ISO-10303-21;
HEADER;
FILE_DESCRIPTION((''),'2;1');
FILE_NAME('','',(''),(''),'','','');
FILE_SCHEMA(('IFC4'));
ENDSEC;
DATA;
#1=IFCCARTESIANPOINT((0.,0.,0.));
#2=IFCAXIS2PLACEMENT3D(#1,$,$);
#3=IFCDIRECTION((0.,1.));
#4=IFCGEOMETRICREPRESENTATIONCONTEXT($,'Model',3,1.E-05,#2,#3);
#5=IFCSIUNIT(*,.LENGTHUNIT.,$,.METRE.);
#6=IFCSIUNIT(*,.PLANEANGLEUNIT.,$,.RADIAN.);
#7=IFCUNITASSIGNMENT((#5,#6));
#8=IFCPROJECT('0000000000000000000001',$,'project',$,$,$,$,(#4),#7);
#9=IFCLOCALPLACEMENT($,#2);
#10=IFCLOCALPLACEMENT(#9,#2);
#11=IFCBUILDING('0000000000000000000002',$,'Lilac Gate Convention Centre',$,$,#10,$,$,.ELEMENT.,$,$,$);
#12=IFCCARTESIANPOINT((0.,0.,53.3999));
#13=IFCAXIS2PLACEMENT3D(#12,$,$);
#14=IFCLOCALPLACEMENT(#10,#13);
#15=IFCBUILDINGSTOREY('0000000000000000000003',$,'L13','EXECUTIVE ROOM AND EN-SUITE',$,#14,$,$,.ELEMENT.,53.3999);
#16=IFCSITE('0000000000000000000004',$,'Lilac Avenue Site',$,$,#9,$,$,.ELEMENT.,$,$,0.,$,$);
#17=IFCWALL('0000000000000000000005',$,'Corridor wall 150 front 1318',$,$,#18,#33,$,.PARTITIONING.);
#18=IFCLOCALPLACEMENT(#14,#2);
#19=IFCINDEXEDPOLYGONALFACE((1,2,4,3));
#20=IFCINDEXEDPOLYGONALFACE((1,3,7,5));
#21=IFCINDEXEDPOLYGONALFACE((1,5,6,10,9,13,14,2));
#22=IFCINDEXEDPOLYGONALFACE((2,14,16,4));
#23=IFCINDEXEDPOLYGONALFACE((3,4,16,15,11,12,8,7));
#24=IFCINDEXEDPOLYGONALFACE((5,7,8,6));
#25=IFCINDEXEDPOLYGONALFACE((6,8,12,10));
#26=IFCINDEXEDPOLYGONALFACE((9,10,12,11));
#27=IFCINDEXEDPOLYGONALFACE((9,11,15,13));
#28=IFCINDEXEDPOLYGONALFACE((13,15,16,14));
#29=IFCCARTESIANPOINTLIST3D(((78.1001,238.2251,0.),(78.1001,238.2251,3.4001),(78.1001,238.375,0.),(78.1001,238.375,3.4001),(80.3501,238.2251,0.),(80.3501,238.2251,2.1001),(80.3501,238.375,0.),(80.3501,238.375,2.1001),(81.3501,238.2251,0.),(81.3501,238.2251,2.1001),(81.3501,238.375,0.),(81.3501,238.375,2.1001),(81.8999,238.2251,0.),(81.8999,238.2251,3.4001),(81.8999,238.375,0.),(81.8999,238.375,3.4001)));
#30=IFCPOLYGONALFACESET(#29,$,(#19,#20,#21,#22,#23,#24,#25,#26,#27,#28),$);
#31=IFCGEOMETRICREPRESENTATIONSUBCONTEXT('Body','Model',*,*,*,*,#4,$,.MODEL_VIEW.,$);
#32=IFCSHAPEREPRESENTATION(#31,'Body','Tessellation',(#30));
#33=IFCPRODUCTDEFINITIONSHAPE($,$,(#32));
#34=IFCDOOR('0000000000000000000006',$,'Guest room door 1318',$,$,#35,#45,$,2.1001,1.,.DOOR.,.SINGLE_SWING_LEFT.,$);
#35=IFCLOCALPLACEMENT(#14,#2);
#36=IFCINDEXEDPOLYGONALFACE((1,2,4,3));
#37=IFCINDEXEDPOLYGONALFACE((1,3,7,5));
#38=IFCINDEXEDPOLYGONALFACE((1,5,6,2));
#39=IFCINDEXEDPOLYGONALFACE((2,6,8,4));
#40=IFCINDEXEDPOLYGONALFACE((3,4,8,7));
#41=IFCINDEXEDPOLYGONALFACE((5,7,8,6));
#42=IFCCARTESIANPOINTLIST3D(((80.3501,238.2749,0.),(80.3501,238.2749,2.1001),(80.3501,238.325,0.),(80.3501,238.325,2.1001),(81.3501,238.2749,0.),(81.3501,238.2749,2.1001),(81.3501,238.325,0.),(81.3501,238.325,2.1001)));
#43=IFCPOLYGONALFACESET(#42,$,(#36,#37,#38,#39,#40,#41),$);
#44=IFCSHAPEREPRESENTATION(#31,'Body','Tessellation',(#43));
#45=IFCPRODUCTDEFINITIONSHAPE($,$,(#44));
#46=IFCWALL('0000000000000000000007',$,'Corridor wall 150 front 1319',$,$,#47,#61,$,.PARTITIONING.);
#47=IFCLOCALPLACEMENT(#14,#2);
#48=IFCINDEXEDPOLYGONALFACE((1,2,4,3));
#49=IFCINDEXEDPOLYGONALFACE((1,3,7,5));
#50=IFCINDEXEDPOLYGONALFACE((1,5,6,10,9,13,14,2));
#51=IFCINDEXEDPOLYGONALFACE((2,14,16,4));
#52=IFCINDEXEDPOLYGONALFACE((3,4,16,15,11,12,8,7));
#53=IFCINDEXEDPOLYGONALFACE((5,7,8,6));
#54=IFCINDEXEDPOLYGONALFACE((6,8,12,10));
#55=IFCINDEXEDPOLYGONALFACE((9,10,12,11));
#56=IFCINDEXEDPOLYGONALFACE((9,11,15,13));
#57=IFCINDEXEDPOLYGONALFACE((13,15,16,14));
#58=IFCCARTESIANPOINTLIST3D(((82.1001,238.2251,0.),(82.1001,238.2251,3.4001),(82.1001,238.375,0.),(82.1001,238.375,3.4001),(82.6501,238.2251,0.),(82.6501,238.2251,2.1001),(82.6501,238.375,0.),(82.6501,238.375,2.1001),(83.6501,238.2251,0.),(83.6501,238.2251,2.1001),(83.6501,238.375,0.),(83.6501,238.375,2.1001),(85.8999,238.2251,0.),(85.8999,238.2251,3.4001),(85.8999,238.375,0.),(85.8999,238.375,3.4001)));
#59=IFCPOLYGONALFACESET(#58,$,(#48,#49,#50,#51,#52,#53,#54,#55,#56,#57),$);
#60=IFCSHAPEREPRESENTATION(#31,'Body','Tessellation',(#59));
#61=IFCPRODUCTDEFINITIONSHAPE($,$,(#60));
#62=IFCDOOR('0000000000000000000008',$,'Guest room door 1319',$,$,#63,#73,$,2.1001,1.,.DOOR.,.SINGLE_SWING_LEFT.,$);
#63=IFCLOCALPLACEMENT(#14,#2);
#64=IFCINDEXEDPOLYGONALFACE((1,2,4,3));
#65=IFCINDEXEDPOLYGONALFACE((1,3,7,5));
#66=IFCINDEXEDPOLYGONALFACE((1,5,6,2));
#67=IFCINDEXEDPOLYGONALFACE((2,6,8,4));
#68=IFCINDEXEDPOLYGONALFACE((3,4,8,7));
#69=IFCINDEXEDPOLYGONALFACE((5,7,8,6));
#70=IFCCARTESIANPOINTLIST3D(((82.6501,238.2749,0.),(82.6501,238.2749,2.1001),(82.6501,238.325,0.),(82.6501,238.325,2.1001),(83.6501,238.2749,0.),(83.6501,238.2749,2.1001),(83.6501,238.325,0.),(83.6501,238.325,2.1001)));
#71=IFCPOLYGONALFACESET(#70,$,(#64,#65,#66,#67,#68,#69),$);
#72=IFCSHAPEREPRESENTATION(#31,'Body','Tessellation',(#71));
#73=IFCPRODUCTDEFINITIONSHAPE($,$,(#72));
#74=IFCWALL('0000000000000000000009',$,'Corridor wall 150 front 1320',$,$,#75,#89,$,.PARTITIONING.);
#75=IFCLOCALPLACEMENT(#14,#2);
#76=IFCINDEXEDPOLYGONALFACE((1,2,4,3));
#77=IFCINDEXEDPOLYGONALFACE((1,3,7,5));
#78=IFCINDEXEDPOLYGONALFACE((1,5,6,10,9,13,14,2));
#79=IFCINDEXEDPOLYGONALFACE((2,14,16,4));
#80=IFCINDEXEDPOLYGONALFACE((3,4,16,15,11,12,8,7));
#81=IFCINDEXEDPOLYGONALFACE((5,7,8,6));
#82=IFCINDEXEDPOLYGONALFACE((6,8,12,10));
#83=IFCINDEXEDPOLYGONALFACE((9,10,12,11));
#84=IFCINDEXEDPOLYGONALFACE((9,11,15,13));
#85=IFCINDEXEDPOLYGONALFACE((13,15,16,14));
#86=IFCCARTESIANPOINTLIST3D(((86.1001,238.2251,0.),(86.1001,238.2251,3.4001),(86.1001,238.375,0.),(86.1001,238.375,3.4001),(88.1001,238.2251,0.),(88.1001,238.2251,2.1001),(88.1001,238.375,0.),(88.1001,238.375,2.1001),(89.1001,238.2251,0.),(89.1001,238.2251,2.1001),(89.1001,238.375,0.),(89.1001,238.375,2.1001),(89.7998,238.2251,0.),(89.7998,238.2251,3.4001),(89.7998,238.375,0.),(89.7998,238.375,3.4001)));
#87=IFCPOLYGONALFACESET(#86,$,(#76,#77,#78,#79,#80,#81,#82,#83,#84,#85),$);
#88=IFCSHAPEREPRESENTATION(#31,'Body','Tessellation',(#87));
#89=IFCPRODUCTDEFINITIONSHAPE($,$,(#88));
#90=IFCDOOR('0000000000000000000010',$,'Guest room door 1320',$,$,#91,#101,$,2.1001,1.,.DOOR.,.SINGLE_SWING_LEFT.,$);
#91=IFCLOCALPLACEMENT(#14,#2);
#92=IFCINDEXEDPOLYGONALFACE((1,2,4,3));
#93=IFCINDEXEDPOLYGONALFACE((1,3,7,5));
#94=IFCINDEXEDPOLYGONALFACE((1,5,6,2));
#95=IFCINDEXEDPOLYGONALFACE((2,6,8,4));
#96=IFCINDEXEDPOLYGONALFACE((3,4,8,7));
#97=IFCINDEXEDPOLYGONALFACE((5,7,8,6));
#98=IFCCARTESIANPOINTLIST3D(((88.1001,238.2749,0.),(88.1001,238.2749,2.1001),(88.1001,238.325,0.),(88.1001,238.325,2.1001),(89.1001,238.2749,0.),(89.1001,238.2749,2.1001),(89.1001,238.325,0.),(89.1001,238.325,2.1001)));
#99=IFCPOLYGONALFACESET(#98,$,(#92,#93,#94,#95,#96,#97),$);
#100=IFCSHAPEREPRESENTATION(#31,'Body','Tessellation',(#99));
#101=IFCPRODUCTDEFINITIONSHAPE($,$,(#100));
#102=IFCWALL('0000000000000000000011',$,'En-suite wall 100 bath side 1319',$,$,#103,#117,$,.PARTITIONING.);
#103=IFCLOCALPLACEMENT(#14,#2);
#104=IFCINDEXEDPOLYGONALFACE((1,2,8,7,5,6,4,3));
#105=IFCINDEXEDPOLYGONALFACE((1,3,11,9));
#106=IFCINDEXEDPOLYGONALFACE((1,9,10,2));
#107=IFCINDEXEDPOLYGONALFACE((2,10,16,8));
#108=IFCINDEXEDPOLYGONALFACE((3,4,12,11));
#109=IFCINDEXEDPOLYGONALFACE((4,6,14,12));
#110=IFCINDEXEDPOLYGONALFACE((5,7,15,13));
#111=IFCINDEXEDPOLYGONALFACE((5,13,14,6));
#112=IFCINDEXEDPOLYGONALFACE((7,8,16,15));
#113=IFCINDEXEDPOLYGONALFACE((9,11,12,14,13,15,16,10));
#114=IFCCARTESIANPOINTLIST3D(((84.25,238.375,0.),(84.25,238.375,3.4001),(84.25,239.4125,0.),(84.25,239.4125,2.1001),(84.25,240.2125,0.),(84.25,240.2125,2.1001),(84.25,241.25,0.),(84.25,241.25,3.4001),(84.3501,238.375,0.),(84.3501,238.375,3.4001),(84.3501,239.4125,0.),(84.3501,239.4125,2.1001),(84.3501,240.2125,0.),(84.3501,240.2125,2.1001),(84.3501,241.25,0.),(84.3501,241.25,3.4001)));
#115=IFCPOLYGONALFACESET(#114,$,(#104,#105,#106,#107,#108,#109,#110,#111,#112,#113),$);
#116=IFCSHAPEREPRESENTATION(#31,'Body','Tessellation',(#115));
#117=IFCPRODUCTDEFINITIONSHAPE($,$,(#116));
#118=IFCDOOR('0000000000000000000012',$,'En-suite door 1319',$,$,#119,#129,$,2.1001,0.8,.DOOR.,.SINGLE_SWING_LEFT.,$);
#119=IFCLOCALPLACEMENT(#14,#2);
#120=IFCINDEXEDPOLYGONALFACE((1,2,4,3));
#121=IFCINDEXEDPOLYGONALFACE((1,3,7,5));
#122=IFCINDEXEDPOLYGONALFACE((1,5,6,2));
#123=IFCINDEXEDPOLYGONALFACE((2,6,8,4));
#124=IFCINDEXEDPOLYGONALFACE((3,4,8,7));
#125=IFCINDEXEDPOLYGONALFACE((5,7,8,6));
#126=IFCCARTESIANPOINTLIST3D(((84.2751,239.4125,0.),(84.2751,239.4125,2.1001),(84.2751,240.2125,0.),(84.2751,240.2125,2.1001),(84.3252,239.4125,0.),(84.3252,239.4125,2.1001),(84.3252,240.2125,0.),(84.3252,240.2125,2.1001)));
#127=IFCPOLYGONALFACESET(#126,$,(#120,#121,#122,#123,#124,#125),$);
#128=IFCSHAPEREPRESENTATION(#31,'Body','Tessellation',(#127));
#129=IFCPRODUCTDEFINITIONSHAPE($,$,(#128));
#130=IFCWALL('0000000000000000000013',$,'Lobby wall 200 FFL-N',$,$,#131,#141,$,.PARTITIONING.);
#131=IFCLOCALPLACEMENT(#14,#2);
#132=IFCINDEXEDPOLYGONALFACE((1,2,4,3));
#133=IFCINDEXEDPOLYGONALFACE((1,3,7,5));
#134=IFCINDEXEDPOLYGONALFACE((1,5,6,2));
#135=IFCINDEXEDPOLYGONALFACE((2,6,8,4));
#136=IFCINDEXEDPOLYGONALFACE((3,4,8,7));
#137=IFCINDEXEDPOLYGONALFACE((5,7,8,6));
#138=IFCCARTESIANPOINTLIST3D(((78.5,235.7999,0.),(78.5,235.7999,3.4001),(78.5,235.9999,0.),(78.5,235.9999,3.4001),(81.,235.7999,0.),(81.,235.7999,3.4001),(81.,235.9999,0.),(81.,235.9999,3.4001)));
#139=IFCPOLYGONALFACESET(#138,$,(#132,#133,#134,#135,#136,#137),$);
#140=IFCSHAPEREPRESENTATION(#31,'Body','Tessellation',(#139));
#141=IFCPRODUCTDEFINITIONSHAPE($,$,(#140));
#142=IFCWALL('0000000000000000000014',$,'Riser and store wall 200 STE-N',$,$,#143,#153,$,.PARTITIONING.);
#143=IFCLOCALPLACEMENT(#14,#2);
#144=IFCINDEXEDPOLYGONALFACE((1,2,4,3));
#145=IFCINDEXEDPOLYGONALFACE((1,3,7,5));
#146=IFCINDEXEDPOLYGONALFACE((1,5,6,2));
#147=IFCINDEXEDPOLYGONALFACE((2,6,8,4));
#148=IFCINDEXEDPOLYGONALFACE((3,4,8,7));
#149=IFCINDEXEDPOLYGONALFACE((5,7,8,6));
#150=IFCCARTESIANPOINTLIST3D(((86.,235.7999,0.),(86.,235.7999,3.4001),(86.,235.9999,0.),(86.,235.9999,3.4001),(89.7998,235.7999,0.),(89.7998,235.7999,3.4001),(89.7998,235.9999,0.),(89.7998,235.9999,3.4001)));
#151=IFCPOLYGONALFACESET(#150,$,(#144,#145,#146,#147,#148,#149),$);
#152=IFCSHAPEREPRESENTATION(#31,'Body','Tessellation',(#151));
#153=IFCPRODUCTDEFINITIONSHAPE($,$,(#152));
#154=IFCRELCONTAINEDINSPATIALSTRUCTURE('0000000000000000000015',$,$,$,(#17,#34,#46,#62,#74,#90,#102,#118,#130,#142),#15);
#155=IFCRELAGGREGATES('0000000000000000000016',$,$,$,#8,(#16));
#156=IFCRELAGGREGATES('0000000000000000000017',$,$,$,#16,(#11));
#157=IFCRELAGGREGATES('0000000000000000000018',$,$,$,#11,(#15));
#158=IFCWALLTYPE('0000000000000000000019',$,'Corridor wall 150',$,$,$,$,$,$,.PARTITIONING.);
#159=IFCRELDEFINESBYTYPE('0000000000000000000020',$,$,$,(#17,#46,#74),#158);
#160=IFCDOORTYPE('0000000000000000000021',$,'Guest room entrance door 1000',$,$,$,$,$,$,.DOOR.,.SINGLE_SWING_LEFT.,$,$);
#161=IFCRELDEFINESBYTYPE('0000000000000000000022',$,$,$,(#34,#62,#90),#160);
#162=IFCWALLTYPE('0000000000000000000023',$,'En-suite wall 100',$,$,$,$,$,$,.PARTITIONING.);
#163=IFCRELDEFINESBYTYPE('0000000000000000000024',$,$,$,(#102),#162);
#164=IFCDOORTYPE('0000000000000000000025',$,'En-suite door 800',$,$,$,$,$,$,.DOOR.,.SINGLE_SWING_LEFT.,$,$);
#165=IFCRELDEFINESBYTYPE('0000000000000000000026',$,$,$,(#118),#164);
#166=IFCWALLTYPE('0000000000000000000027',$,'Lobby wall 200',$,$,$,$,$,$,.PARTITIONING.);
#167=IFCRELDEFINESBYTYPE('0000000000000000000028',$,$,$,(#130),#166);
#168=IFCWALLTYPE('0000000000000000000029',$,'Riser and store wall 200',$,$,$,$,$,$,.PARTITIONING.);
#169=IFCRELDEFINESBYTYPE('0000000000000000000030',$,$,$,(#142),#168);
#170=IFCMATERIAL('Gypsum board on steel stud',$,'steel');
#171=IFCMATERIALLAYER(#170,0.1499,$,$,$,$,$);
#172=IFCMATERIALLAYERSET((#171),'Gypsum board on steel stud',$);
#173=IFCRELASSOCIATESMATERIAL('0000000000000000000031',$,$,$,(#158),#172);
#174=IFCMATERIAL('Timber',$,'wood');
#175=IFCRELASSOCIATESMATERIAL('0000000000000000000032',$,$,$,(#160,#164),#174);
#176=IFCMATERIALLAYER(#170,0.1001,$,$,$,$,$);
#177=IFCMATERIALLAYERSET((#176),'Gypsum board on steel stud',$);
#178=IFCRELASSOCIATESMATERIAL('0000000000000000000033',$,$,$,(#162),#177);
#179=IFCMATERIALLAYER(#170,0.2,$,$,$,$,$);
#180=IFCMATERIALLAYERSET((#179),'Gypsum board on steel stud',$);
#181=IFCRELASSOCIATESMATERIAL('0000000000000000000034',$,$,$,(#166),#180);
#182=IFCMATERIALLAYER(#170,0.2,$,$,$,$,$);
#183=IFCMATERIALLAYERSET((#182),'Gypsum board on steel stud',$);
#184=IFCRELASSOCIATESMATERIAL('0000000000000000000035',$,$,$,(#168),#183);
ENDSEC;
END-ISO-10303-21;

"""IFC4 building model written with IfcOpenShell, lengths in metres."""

from ifc_helpers import new_model, si_unit, direction, frame, frame_2d, origin, place, context, subcontext, project, spatial, rectangle, extrude, material, layer, layer_set, type_object, element, fill, save


model = new_model("IFC4")

# Units and contexts
model_context = context("Model", 3, precision=1e-05, world=origin(), true_north=direction((0.0, 1.0)))
body_context = subcontext(model_context, "Body", "Model", "MODEL_VIEW")
ifc_project = project(units=[si_unit("LENGTHUNIT", "METRE"), si_unit("PLANEANGLEUNIT", "RADIAN")], contexts=[model_context])

# Site, building, storey
site_placement = place(None, origin())
site = spatial("IfcSite", under=ifc_project, at=site_placement, Name="Lilac Avenue Site", CompositionType="ELEMENT", RefElevation=0.0)
building_placement = place(site_placement, origin())
building = spatial("IfcBuilding", under=site, at=building_placement, Name="Lilac Gate Convention Centre", CompositionType="ELEMENT")
storey_placement = place(building_placement, frame((0.0, 0.0, 53.3999)))
storey = spatial("IfcBuildingStorey", under=building, at=storey_placement, Name="L13", Description="EXECUTIVE ROOM AND EN-SUITE", CompositionType="ELEMENT", Elevation=53.3999)

# Walls, openings, doors
ifc_material_1 = material(Name="Gypsum board on steel stud", Category="steel")
ifc_layer_1 = layer(ifc_material_1, 0.1499)
ifc_layer_set_1 = layer_set([ifc_layer_1], Name="Gypsum board on steel stud")
wall_type_1 = type_object("IfcWallType", Name="Corridor wall 150", PredefinedType="PARTITIONING", material=ifc_layer_set_1)
wall_1_placement = place(storey_placement, frame((78.1001, 238.3, 0.0), z_axis=(0.0, 0.0, 1.0), x_axis=(1.0, 0.0, 0.0)))
wall_1 = element("IfcWall", 1, at=wall_1_placement, inside=storey, type_object=wall_type_1, Name="Corridor wall 150 front 1318", PredefinedType="PARTITIONING", context=body_context, shape_type="SweptSolid", body=[
    extrude(rectangle(XDim=3.7998, YDim=0.1499, at=frame_2d((1.8999, 0.0))), origin(), (0.0, 0.0, 1.0), 3.4001),
])
opening_1_placement = place(wall_1_placement, frame((2.25, 0.0, 0.0)))
opening_1 = element("IfcOpeningElement", 2, at=opening_1_placement, cuts=wall_1, PredefinedType="OPENING", context=body_context, shape_type="SweptSolid", body=[
    extrude(rectangle(XDim=1.0, YDim=2.1001, at=frame_2d((0.5, 1.05))), frame((0.0, 0.085, 0.0), z_axis=(0.0, -1.0, 0.0), x_axis=(1.0, 0.0, 0.0)), (0.0, 0.0, 1.0), 0.1699),
])
ifc_material_2 = material(Name="Timber", Category="wood")
door_type_1 = type_object("IfcDoorType", Name="Guest room entrance door 1000", OperationType="SINGLE_SWING_LEFT", PredefinedType="DOOR", material=ifc_material_2)
door_1_placement = place(opening_1_placement, origin())
door_1 = element("IfcDoor", 3, at=door_1_placement, inside=storey, type_object=door_type_1, Name="Guest room door 1318", OperationType="SINGLE_SWING_LEFT", OverallHeight=2.1001, OverallWidth=1.0, PredefinedType="DOOR", context=body_context, shape_type="SweptSolid", body=[
    extrude(rectangle(XDim=1.0, YDim=2.1001, at=frame_2d((0.5, 1.05))), frame((0.0, 0.0249, 0.0), z_axis=(0.0, -1.0, 0.0), x_axis=(1.0, 0.0, 0.0)), (0.0, 0.0, 1.0), 0.05),
])
fill(opening_1, door_1)
wall_2_placement = place(storey_placement, frame((82.1001, 238.3, 0.0), z_axis=(0.0, 0.0, 1.0), x_axis=(1.0, 0.0, 0.0)))
wall_2 = element("IfcWall", 4, at=wall_2_placement, inside=storey, type_object=wall_type_1, Name="Corridor wall 150 front 1319", PredefinedType="PARTITIONING", context=body_context, shape_type="SweptSolid", body=[
    extrude(rectangle(XDim=3.7998, YDim=0.1499, at=frame_2d((1.8999, 0.0))), origin(), (0.0, 0.0, 1.0), 3.4001),
])
opening_2_placement = place(wall_2_placement, frame((0.55, 0.0, 0.0)))
opening_2 = element("IfcOpeningElement", 5, at=opening_2_placement, cuts=wall_2, PredefinedType="OPENING", context=body_context, shape_type="SweptSolid", body=[
    extrude(rectangle(XDim=1.0, YDim=2.1001, at=frame_2d((0.5, 1.05))), frame((0.0, 0.085, 0.0), z_axis=(0.0, -1.0, 0.0), x_axis=(1.0, 0.0, 0.0)), (0.0, 0.0, 1.0), 0.1699),
])
door_2_placement = place(opening_2_placement, origin())
door_2 = element("IfcDoor", 6, at=door_2_placement, inside=storey, type_object=door_type_1, Name="Guest room door 1319", OperationType="SINGLE_SWING_LEFT", OverallHeight=2.1001, OverallWidth=1.0, PredefinedType="DOOR", context=body_context, shape_type="SweptSolid", body=[
    extrude(rectangle(XDim=1.0, YDim=2.1001, at=frame_2d((0.5, 1.05))), frame((0.0, 0.0249, 0.0), z_axis=(0.0, -1.0, 0.0), x_axis=(1.0, 0.0, 0.0)), (0.0, 0.0, 1.0), 0.05),
])
fill(opening_2, door_2)
wall_3_placement = place(storey_placement, frame((86.1001, 238.3, 0.0), z_axis=(0.0, 0.0, 1.0), x_axis=(1.0, 0.0, 0.0)))
wall_3 = element("IfcWall", 7, at=wall_3_placement, inside=storey, type_object=wall_type_1, Name="Corridor wall 150 front 1320", PredefinedType="PARTITIONING", context=body_context, shape_type="SweptSolid", body=[
    extrude(rectangle(XDim=3.6997, YDim=0.1499, at=frame_2d((1.8499, 0.0))), origin(), (0.0, 0.0, 1.0), 3.4001),
])
opening_3_placement = place(wall_3_placement, frame((2.0, 0.0, 0.0)))
opening_3 = element("IfcOpeningElement", 8, at=opening_3_placement, cuts=wall_3, PredefinedType="OPENING", context=body_context, shape_type="SweptSolid", body=[
    extrude(rectangle(XDim=1.0, YDim=2.1001, at=frame_2d((0.5, 1.05))), frame((0.0, 0.085, 0.0), z_axis=(0.0, -1.0, 0.0), x_axis=(1.0, 0.0, 0.0)), (0.0, 0.0, 1.0), 0.1699),
])
door_3_placement = place(opening_3_placement, origin())
door_3 = element("IfcDoor", 9, at=door_3_placement, inside=storey, type_object=door_type_1, Name="Guest room door 1320", OperationType="SINGLE_SWING_LEFT", OverallHeight=2.1001, OverallWidth=1.0, PredefinedType="DOOR", context=body_context, shape_type="SweptSolid", body=[
    extrude(rectangle(XDim=1.0, YDim=2.1001, at=frame_2d((0.5, 1.05))), frame((0.0, 0.0249, 0.0), z_axis=(0.0, -1.0, 0.0), x_axis=(1.0, 0.0, 0.0)), (0.0, 0.0, 1.0), 0.05),
])
fill(opening_3, door_3)
ifc_layer_2 = layer(ifc_material_1, 0.1001)
ifc_layer_set_2 = layer_set([ifc_layer_2], Name="Gypsum board on steel stud")
wall_type_2 = type_object("IfcWallType", Name="En-suite wall 100", PredefinedType="PARTITIONING", material=ifc_layer_set_2)
wall_4_placement = place(storey_placement, frame((84.3, 238.375, 0.0), z_axis=(0.0, 0.0, 1.0), x_axis=(0.0, 1.0, 0.0)))
wall_4 = element("IfcWall", 10, at=wall_4_placement, inside=storey, type_object=wall_type_2, Name="En-suite wall 100 bath side 1319", PredefinedType="PARTITIONING", context=body_context, shape_type="SweptSolid", body=[
    extrude(rectangle(XDim=2.875, YDim=0.1001, at=frame_2d((1.4375, 0.0))), origin(), (0.0, 0.0, 1.0), 3.4001),
])
opening_4_placement = place(wall_4_placement, frame((1.0376, 0.0, 0.0)))
opening_4 = element("IfcOpeningElement", 11, at=opening_4_placement, cuts=wall_4, PredefinedType="OPENING", context=body_context, shape_type="SweptSolid", body=[
    extrude(rectangle(XDim=0.8, YDim=2.1001, at=frame_2d((0.3999, 1.05))), frame((0.0, 0.0601, 0.0), z_axis=(0.0, -1.0, 0.0), x_axis=(1.0, 0.0, 0.0)), (0.0, 0.0, 1.0), 0.1201),
])
door_type_2 = type_object("IfcDoorType", Name="En-suite door 800", OperationType="SINGLE_SWING_LEFT", PredefinedType="DOOR", material=ifc_material_2)
door_4_placement = place(opening_4_placement, origin())
door_4 = element("IfcDoor", 12, at=door_4_placement, inside=storey, type_object=door_type_2, Name="En-suite door 1319", OperationType="SINGLE_SWING_LEFT", OverallHeight=2.1001, OverallWidth=0.8, PredefinedType="DOOR", context=body_context, shape_type="SweptSolid", body=[
    extrude(rectangle(XDim=0.8, YDim=2.1001, at=frame_2d((0.3999, 1.05))), frame((0.0, 0.0249, 0.0), z_axis=(0.0, -1.0, 0.0), x_axis=(1.0, 0.0, 0.0)), (0.0, 0.0, 1.0), 0.05),
])
fill(opening_4, door_4)

# Walls
ifc_layer_3 = layer(ifc_material_1, 0.2)
ifc_layer_set_3 = layer_set([ifc_layer_3], Name="Gypsum board on steel stud")
wall_type_3 = type_object("IfcWallType", Name="Lobby wall 200", PredefinedType="PARTITIONING", material=ifc_layer_set_3)
wall_5_placement = place(storey_placement, frame((78.5, 235.8999, 0.0), z_axis=(0.0, 0.0, 1.0), x_axis=(1.0, 0.0, 0.0)))
element("IfcWall", 13, at=wall_5_placement, inside=storey, type_object=wall_type_3, Name="Lobby wall 200 FFL-N", PredefinedType="PARTITIONING", context=body_context, shape_type="SweptSolid", body=[
    extrude(rectangle(XDim=2.5, YDim=0.2, at=frame_2d((1.25, 0.0))), origin(), (0.0, 0.0, 1.0), 3.4001),
])
ifc_layer_4 = layer(ifc_material_1, 0.2)
ifc_layer_set_4 = layer_set([ifc_layer_4], Name="Gypsum board on steel stud")
wall_type_4 = type_object("IfcWallType", Name="Riser and store wall 200", PredefinedType="PARTITIONING", material=ifc_layer_set_4)
wall_6_placement = place(storey_placement, frame((86.0, 235.8999, 0.0), z_axis=(0.0, 0.0, 1.0), x_axis=(1.0, 0.0, 0.0)))
element("IfcWall", 14, at=wall_6_placement, inside=storey, type_object=wall_type_4, Name="Riser and store wall 200 STE-N", PredefinedType="PARTITIONING", context=body_context, shape_type="SweptSolid", body=[
    extrude(rectangle(XDim=3.7998, YDim=0.2, at=frame_2d((1.8999, 0.0))), origin(), (0.0, 0.0, 1.0), 3.4001),
])

save(model, "model.ifc")
